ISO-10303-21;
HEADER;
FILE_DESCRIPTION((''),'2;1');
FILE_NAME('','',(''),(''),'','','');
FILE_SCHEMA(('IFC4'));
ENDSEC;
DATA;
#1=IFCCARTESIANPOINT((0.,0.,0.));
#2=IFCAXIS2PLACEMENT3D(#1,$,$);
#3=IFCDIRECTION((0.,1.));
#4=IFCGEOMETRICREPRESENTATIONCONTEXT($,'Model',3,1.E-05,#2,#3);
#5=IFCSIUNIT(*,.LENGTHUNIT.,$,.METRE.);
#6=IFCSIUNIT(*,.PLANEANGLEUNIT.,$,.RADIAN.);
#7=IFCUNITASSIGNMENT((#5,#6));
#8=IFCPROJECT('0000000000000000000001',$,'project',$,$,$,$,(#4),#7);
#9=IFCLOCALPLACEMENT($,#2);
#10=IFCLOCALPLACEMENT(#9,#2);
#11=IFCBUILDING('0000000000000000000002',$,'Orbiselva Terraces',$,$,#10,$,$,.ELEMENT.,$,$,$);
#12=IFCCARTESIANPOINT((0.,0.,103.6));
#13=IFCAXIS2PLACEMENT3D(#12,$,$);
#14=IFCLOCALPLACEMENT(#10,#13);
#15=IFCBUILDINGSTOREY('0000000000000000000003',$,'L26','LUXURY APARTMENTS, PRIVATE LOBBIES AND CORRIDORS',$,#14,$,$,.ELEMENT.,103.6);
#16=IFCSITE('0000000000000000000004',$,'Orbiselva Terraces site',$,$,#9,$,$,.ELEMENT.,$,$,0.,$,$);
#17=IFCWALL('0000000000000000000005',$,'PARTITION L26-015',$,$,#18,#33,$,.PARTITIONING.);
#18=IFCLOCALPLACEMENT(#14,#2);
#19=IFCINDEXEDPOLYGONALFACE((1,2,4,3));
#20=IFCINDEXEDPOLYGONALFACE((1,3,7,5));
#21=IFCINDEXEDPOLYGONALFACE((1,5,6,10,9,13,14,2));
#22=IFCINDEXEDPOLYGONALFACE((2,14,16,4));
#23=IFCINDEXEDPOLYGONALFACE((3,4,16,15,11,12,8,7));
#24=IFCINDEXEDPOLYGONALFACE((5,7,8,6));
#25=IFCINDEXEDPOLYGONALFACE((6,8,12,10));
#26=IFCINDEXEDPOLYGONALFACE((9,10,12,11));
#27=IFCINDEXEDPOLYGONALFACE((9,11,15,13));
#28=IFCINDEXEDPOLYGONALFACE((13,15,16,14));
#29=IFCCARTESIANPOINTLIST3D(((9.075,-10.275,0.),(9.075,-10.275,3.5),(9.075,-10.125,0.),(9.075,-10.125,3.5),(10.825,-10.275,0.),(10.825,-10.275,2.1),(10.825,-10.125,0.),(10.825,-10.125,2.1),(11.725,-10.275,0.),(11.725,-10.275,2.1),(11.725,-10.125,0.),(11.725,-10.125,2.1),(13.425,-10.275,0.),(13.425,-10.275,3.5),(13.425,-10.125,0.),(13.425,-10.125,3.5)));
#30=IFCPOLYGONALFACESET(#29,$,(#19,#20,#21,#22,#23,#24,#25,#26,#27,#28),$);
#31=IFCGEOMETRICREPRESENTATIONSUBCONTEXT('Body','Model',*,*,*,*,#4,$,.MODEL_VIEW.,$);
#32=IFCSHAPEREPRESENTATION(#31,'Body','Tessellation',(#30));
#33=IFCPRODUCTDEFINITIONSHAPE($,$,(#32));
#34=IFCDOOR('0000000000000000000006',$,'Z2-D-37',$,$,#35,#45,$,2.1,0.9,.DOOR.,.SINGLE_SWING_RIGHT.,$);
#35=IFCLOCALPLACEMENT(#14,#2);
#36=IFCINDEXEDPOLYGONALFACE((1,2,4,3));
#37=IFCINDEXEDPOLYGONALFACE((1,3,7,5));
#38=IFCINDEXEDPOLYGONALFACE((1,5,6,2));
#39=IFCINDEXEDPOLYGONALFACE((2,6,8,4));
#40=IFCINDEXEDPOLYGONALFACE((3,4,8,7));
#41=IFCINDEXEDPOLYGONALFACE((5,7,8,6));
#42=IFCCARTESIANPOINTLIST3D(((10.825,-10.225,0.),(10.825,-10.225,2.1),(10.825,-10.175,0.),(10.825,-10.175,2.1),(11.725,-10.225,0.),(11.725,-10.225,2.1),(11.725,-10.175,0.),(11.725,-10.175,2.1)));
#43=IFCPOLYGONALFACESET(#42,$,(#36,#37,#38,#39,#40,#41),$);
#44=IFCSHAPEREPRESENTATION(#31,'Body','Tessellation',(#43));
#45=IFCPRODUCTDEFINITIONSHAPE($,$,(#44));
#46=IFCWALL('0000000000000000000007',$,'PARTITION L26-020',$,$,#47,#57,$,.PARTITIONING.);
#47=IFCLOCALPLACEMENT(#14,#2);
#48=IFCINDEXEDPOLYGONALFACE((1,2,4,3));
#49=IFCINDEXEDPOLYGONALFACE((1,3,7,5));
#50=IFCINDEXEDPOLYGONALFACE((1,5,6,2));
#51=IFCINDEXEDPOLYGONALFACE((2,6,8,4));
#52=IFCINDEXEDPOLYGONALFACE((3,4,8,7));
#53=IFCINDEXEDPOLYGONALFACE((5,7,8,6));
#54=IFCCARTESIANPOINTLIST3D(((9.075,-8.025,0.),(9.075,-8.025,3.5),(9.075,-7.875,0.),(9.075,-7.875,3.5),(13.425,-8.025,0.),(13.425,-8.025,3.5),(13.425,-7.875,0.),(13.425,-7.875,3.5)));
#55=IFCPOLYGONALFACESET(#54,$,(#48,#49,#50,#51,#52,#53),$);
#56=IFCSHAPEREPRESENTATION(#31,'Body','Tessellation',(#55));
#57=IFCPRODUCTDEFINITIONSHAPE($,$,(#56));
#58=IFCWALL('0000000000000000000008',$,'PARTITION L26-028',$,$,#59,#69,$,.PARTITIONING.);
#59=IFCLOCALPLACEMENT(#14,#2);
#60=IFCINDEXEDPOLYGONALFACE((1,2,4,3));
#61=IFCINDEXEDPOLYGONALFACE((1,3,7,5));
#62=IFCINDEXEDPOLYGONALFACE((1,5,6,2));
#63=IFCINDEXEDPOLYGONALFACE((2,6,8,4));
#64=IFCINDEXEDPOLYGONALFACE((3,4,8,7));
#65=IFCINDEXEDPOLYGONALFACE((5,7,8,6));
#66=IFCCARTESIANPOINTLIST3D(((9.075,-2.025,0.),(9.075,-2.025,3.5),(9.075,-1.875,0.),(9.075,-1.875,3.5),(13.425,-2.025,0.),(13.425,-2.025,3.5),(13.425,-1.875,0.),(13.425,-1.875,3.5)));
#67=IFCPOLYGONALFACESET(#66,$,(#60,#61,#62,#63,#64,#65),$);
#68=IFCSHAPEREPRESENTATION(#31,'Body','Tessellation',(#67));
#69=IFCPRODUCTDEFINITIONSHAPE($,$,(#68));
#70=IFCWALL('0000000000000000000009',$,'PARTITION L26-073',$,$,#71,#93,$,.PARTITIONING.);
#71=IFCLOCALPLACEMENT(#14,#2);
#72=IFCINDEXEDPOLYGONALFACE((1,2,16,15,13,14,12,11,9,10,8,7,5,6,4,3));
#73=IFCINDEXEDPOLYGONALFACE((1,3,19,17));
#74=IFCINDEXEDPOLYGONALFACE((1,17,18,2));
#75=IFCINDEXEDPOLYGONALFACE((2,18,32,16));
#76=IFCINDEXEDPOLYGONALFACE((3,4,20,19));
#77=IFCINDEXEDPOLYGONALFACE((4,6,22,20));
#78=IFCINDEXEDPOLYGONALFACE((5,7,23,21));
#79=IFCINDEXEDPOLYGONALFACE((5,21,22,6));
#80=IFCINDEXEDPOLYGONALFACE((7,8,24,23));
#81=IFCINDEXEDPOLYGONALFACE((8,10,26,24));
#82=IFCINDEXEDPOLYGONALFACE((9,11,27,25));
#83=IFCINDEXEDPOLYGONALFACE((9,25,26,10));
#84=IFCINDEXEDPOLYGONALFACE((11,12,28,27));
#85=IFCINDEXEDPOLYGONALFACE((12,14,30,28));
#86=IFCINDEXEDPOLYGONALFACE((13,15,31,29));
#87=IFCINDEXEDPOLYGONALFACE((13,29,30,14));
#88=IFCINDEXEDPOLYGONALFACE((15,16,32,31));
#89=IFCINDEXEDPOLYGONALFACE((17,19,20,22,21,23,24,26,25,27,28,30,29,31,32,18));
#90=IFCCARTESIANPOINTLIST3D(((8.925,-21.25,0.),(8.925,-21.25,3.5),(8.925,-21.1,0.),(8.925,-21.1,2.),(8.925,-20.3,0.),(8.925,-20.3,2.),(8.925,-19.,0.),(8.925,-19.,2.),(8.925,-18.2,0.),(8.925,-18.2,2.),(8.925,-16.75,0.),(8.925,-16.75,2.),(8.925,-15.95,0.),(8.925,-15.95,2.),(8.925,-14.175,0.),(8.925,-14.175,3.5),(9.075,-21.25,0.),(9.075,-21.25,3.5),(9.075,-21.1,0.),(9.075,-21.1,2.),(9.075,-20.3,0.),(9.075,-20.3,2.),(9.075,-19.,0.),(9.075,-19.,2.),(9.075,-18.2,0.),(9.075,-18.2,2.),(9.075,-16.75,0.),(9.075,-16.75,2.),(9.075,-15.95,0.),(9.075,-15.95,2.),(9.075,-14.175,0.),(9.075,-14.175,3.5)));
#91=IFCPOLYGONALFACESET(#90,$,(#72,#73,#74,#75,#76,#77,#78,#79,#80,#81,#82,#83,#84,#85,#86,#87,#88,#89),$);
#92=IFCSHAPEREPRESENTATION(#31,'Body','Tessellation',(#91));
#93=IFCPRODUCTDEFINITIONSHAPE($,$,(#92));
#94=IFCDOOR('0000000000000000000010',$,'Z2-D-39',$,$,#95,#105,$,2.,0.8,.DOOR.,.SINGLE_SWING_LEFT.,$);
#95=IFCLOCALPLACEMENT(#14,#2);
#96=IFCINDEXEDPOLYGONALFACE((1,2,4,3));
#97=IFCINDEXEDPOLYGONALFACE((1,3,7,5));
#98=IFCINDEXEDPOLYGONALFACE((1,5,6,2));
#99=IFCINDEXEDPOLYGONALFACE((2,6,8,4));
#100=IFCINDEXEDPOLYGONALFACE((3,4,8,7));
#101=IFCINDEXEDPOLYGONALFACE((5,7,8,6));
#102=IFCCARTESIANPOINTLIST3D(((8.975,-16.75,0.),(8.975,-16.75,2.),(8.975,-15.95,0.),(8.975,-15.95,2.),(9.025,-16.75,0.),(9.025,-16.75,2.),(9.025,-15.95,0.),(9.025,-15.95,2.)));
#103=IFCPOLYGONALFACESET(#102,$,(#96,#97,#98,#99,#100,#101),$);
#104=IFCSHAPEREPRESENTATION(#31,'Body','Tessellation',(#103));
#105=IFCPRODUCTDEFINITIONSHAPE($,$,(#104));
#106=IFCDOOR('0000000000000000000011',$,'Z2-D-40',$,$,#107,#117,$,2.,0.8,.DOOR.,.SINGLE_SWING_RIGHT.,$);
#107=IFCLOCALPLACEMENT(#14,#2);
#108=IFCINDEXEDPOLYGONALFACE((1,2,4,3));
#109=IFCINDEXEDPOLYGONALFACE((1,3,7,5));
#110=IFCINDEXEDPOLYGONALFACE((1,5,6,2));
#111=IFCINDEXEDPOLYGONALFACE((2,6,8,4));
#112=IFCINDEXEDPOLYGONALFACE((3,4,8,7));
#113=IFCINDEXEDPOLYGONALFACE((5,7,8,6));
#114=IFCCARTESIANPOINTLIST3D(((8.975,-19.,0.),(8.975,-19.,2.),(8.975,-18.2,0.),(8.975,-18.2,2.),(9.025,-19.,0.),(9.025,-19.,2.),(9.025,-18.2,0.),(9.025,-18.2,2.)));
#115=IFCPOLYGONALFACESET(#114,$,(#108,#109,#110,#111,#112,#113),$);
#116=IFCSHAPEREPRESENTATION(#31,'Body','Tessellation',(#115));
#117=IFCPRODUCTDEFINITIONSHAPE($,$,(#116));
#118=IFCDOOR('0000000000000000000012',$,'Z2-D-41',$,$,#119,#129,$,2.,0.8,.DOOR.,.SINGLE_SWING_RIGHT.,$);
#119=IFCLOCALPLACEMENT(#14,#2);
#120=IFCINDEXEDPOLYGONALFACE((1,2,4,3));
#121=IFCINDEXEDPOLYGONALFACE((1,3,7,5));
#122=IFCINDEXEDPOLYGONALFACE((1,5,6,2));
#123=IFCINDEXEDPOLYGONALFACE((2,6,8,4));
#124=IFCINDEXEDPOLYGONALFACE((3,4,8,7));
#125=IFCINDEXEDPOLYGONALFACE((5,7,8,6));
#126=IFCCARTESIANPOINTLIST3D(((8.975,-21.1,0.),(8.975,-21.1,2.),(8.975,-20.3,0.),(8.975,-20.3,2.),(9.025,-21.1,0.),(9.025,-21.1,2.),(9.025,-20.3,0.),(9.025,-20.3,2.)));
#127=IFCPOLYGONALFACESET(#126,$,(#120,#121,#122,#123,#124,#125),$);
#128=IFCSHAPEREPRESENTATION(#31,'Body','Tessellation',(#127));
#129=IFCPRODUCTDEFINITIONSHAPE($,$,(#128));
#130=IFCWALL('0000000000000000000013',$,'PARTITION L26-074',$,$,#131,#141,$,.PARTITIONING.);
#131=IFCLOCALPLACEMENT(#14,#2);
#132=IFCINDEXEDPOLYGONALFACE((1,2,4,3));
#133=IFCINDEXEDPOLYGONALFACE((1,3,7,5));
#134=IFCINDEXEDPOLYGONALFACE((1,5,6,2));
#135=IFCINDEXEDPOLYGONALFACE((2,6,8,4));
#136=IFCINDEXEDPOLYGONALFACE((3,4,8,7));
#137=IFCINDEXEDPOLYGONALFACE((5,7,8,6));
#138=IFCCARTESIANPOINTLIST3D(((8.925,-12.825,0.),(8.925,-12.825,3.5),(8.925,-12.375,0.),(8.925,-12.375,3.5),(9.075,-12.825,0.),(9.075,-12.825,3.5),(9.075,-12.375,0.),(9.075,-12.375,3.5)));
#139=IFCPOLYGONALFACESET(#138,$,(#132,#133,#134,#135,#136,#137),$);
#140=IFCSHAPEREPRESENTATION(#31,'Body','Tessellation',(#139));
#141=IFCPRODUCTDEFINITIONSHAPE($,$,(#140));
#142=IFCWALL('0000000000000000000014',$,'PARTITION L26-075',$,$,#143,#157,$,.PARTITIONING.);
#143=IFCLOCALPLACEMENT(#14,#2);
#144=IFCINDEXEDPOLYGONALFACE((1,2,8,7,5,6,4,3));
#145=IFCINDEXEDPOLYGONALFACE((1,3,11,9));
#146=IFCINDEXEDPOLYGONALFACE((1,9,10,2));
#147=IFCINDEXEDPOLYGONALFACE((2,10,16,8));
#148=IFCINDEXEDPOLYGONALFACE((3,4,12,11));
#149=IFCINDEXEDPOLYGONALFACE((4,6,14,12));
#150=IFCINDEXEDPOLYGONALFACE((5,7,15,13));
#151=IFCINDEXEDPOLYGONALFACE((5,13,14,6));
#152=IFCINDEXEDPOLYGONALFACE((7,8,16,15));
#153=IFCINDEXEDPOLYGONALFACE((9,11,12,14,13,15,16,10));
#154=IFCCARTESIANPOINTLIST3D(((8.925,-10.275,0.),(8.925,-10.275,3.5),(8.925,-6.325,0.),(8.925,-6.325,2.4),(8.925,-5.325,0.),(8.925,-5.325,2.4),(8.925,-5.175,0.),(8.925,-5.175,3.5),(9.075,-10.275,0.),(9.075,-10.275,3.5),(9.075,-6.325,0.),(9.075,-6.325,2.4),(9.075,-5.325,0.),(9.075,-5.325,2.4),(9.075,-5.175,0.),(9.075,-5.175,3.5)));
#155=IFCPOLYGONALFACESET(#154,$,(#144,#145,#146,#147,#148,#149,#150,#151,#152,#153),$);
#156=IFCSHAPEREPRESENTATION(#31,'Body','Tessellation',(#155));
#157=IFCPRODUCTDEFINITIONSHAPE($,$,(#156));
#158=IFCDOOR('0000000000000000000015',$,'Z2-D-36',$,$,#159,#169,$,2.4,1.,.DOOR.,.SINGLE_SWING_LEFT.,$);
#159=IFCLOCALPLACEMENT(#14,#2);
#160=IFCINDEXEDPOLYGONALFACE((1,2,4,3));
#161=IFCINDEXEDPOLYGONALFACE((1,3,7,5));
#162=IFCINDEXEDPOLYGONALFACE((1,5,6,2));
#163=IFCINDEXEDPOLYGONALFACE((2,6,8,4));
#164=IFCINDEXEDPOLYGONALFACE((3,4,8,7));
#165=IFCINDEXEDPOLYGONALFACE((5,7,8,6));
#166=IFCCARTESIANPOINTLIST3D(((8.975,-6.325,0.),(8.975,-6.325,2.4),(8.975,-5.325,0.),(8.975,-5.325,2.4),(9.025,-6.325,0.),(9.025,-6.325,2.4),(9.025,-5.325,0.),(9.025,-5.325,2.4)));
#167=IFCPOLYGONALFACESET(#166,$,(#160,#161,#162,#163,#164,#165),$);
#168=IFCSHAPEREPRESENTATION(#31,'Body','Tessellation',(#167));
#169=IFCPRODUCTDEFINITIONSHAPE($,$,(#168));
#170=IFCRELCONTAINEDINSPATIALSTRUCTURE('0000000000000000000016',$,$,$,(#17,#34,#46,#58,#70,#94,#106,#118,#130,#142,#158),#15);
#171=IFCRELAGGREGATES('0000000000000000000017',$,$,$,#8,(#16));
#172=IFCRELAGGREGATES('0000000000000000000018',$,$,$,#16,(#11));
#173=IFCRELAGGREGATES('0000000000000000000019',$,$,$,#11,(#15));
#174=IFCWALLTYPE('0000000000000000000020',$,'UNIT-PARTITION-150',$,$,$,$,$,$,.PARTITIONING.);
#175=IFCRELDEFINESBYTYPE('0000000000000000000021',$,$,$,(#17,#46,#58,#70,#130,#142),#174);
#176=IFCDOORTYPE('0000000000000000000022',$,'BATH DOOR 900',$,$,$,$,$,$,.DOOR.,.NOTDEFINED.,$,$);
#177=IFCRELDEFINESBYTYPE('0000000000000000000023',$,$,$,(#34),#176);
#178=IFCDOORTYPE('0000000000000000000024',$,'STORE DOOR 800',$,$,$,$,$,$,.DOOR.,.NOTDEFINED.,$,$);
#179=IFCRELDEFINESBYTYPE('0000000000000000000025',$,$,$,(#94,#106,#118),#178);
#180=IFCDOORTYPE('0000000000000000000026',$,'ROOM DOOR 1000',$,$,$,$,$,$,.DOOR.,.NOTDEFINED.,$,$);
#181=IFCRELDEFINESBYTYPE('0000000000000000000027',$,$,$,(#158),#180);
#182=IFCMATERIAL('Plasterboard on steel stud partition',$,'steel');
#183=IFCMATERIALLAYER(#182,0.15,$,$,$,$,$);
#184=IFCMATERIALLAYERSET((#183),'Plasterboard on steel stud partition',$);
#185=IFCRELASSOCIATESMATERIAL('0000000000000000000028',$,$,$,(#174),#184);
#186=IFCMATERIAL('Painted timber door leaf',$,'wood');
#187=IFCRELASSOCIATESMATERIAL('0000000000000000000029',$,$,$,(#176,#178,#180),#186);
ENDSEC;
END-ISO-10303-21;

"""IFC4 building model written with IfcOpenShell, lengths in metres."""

from ifc_helpers import new_model, si_unit, direction, frame, frame_2d, origin, place, context, subcontext, project, spatial, rectangle, extrude, material, layer, layer_set, type_object, element, fill, save


model = new_model("IFC4")

# Units and contexts
model_context = context("Model", 3, precision=1e-05, world=origin(), true_north=direction((0.0, 1.0)))
body_context = subcontext(model_context, "Body", "Model", "MODEL_VIEW")
ifc_project = project(units=[si_unit("LENGTHUNIT", "METRE"), si_unit("PLANEANGLEUNIT", "RADIAN")], contexts=[model_context])

# Site, building, storey
site_placement = place(None, origin())
site = spatial("IfcSite", under=ifc_project, at=site_placement, Name="Orbiselva Terraces site", CompositionType="ELEMENT", RefElevation=0.0)
building_placement = place(site_placement, origin())
building = spatial("IfcBuilding", under=site, at=building_placement, Name="Orbiselva Terraces", CompositionType="ELEMENT")
storey_placement = place(building_placement, frame((0.0, 0.0, 103.6)))
storey = spatial("IfcBuildingStorey", under=building, at=storey_placement, Name="L26", Description="LUXURY APARTMENTS, PRIVATE LOBBIES AND CORRIDORS", CompositionType="ELEMENT", Elevation=103.6)

# Shared definitions
ifc_material_1 = material(Name="Plasterboard on steel stud partition", Category="steel")
ifc_layer_1 = layer(ifc_material_1, 0.15)
ifc_layer_set_1 = layer_set([ifc_layer_1], Name="Plasterboard on steel stud partition")
wall_type_1 = type_object("IfcWallType", Name="UNIT-PARTITION-150", PredefinedType="PARTITIONING", material=ifc_layer_set_1)

# Wall, opening, door
wall_1_placement = place(storey_placement, frame((9.075, -10.2, 0.0), z_axis=(0.0, 0.0, 1.0), x_axis=(1.0, 0.0, 0.0)))
wall_1 = element("IfcWall", 1, at=wall_1_placement, inside=storey, type_object=wall_type_1, Name="PARTITION L26-015", PredefinedType="PARTITIONING", context=body_context, shape_type="SweptSolid", body=[
    extrude(rectangle(XDim=4.35, YDim=0.15, at=frame_2d((2.175, 0.0))), origin(), (0.0, 0.0, 1.0), 3.5),
])
opening_1_placement = place(wall_1_placement, frame((1.75, 0.0, 0.0)))
opening_1 = element("IfcOpeningElement", 2, at=opening_1_placement, cuts=wall_1, PredefinedType="OPENING", context=body_context, shape_type="SweptSolid", body=[
    extrude(rectangle(XDim=0.9, YDim=2.1, at=frame_2d((0.45, 1.05))), frame((0.0, 0.085, 0.0), z_axis=(0.0, -1.0, 0.0), x_axis=(1.0, 0.0, 0.0)), (0.0, 0.0, 1.0), 0.17),
])
ifc_material_2 = material(Name="Painted timber door leaf", Category="wood")
door_type_1 = type_object("IfcDoorType", Name="BATH DOOR 900", OperationType="NOTDEFINED", PredefinedType="DOOR", material=ifc_material_2)
door_1_placement = place(opening_1_placement, origin())
door_1 = element("IfcDoor", 3, at=door_1_placement, inside=storey, type_object=door_type_1, Name="Z2-D-37", OperationType="SINGLE_SWING_RIGHT", OverallHeight=2.1, OverallWidth=0.9, PredefinedType="DOOR", context=body_context, shape_type="SweptSolid", body=[
    extrude(rectangle(XDim=0.9, YDim=2.1, at=frame_2d((0.45, 1.05))), frame((0.0, 0.025, 0.0), z_axis=(0.0, -1.0, 0.0), x_axis=(1.0, 0.0, 0.0)), (0.0, 0.0, 1.0), 0.05),
])
fill(opening_1, door_1)

# Walls
for number, where, z_axis, x_axis, name in (
    (4, (9.075, -7.95, 0.0), (0.0, 0.0, 1.0), (1.0, 0.0, 0.0), "PARTITION L26-020"),
    (5, (9.075, -1.95, 0.0), (0.0, 0.0, 1.0), (1.0, 0.0, 0.0), "PARTITION L26-028"),
):
    element("IfcWall", number, at=place(storey_placement, frame(where, z_axis=z_axis, x_axis=x_axis)), inside=storey, type_object=wall_type_1, Name=name, PredefinedType="PARTITIONING", context=body_context, shape_type="SweptSolid", body=[
        extrude(rectangle(XDim=4.35, YDim=0.15, at=frame_2d((2.175, 0.0))), origin(), (0.0, 0.0, 1.0), 3.5),
    ])

# Wall, openings, doors
wall_2_placement = place(storey_placement, frame((9.0, -14.175, 0.0), z_axis=(0.0, 0.0, 1.0), x_axis=(0.0, -1.0, 0.0)))
wall_2 = element("IfcWall", 6, at=wall_2_placement, inside=storey, type_object=wall_type_1, Name="PARTITION L26-073", PredefinedType="PARTITIONING", context=body_context, shape_type="SweptSolid", body=[
    extrude(rectangle(XDim=7.075, YDim=0.15, at=frame_2d((3.5375, 0.0))), origin(), (0.0, 0.0, 1.0), 3.5),
])
opening_2_placement = place(wall_2_placement, frame((1.775, 0.0, 0.0)))
opening_2 = element("IfcOpeningElement", 7, at=opening_2_placement, cuts=wall_2, PredefinedType="OPENING", context=body_context, shape_type="SweptSolid", body=[
    extrude(rectangle(XDim=0.8, YDim=2.0, at=frame_2d((0.4, 1.0))), frame((0.0, 0.085, 0.0), z_axis=(0.0, -1.0, 0.0), x_axis=(1.0, 0.0, 0.0)), (0.0, 0.0, 1.0), 0.17),
])
opening_3_placement = place(wall_2_placement, frame((4.025, 0.0, 0.0)))
opening_3 = element("IfcOpeningElement", 8, at=opening_3_placement, cuts=wall_2, PredefinedType="OPENING", context=body_context, shape_type="SweptSolid", body=[
    extrude(rectangle(XDim=0.8, YDim=2.0, at=frame_2d((0.4, 1.0))), frame((0.0, 0.085, 0.0), z_axis=(0.0, -1.0, 0.0), x_axis=(1.0, 0.0, 0.0)), (0.0, 0.0, 1.0), 0.17),
])
opening_4_placement = place(wall_2_placement, frame((6.125, 0.0, 0.0)))
opening_4 = element("IfcOpeningElement", 9, at=opening_4_placement, cuts=wall_2, PredefinedType="OPENING", context=body_context, shape_type="SweptSolid", body=[
    extrude(rectangle(XDim=0.8, YDim=2.0, at=frame_2d((0.4, 1.0))), frame((0.0, 0.085, 0.0), z_axis=(0.0, -1.0, 0.0), x_axis=(1.0, 0.0, 0.0)), (0.0, 0.0, 1.0), 0.17),
])
door_type_2 = type_object("IfcDoorType", Name="STORE DOOR 800", OperationType="NOTDEFINED", PredefinedType="DOOR", material=ifc_material_2)
door_2_placement = place(opening_2_placement, origin())
door_2 = element("IfcDoor", 10, at=door_2_placement, inside=storey, type_object=door_type_2, Name="Z2-D-39", OperationType="SINGLE_SWING_LEFT", OverallHeight=2.0, OverallWidth=0.8, PredefinedType="DOOR", context=body_context, shape_type="SweptSolid", body=[
    extrude(rectangle(XDim=0.8, YDim=2.0, at=frame_2d((0.4, 1.0))), frame((0.0, 0.025, 0.0), z_axis=(0.0, -1.0, 0.0), x_axis=(1.0, 0.0, 0.0)), (0.0, 0.0, 1.0), 0.05),
])
fill(opening_2, door_2)
door_3_placement = place(opening_3_placement, origin())
door_3 = element("IfcDoor", 11, at=door_3_placement, inside=storey, type_object=door_type_2, Name="Z2-D-40", OperationType="SINGLE_SWING_RIGHT", OverallHeight=2.0, OverallWidth=0.8, PredefinedType="DOOR", context=body_context, shape_type="SweptSolid", body=[
    extrude(rectangle(XDim=0.8, YDim=2.0, at=frame_2d((0.4, 1.0))), frame((0.0, 0.025, 0.0), z_axis=(0.0, -1.0, 0.0), x_axis=(1.0, 0.0, 0.0)), (0.0, 0.0, 1.0), 0.05),
])
fill(opening_3, door_3)
door_4_placement = place(opening_4_placement, origin())
door_4 = element("IfcDoor", 12, at=door_4_placement, inside=storey, type_object=door_type_2, Name="Z2-D-41", OperationType="SINGLE_SWING_RIGHT", OverallHeight=2.0, OverallWidth=0.8, PredefinedType="DOOR", context=body_context, shape_type="SweptSolid", body=[
    extrude(rectangle(XDim=0.8, YDim=2.0, at=frame_2d((0.4, 1.0))), frame((0.0, 0.025, 0.0), z_axis=(0.0, -1.0, 0.0), x_axis=(1.0, 0.0, 0.0)), (0.0, 0.0, 1.0), 0.05),
])
fill(opening_4, door_4)

# Wall
wall_3_placement = place(storey_placement, frame((9.0, -12.825, 0.0), z_axis=(0.0, 0.0, 1.0), x_axis=(0.0, 1.0, 0.0)))
element("IfcWall", 13, at=wall_3_placement, inside=storey, type_object=wall_type_1, Name="PARTITION L26-074", PredefinedType="PARTITIONING", context=body_context, shape_type="SweptSolid", body=[
    extrude(rectangle(XDim=0.45, YDim=0.15, at=frame_2d((0.225, 0.0))), origin(), (0.0, 0.0, 1.0), 3.5),
])

# Wall, opening, door
wall_4_placement = place(storey_placement, frame((9.0, -5.175, 0.0), z_axis=(0.0, 0.0, 1.0), x_axis=(0.0, -1.0, 0.0)))
wall_4 = element("IfcWall", 14, at=wall_4_placement, inside=storey, type_object=wall_type_1, Name="PARTITION L26-075", PredefinedType="PARTITIONING", context=body_context, shape_type="SweptSolid", body=[
    extrude(rectangle(XDim=5.1, YDim=0.15, at=frame_2d((2.55, 0.0))), origin(), (0.0, 0.0, 1.0), 3.5),
])
opening_5_placement = place(wall_4_placement, frame((0.15, 0.0, 0.0)))
opening_5 = element("IfcOpeningElement", 15, at=opening_5_placement, cuts=wall_4, PredefinedType="OPENING", context=body_context, shape_type="SweptSolid", body=[
    extrude(rectangle(XDim=1.0, YDim=2.4, at=frame_2d((0.5, 1.2))), frame((0.0, 0.085, 0.0), z_axis=(0.0, -1.0, 0.0), x_axis=(1.0, 0.0, 0.0)), (0.0, 0.0, 1.0), 0.17),
])
door_type_3 = type_object("IfcDoorType", Name="ROOM DOOR 1000", OperationType="NOTDEFINED", PredefinedType="DOOR", material=ifc_material_2)
door_5_placement = place(opening_5_placement, origin())
door_5 = element("IfcDoor", 16, at=door_5_placement, inside=storey, type_object=door_type_3, Name="Z2-D-36", OperationType="SINGLE_SWING_LEFT", OverallHeight=2.4, OverallWidth=1.0, PredefinedType="DOOR", context=body_context, shape_type="SweptSolid", body=[
    extrude(rectangle(XDim=1.0, YDim=2.4, at=frame_2d((0.5, 1.2))), frame((0.0, 0.025, 0.0), z_axis=(0.0, -1.0, 0.0), x_axis=(1.0, 0.0, 0.0)), (0.0, 0.0, 1.0), 0.05),
])
fill(opening_5, door_5)

save(model, "model.ifc")
